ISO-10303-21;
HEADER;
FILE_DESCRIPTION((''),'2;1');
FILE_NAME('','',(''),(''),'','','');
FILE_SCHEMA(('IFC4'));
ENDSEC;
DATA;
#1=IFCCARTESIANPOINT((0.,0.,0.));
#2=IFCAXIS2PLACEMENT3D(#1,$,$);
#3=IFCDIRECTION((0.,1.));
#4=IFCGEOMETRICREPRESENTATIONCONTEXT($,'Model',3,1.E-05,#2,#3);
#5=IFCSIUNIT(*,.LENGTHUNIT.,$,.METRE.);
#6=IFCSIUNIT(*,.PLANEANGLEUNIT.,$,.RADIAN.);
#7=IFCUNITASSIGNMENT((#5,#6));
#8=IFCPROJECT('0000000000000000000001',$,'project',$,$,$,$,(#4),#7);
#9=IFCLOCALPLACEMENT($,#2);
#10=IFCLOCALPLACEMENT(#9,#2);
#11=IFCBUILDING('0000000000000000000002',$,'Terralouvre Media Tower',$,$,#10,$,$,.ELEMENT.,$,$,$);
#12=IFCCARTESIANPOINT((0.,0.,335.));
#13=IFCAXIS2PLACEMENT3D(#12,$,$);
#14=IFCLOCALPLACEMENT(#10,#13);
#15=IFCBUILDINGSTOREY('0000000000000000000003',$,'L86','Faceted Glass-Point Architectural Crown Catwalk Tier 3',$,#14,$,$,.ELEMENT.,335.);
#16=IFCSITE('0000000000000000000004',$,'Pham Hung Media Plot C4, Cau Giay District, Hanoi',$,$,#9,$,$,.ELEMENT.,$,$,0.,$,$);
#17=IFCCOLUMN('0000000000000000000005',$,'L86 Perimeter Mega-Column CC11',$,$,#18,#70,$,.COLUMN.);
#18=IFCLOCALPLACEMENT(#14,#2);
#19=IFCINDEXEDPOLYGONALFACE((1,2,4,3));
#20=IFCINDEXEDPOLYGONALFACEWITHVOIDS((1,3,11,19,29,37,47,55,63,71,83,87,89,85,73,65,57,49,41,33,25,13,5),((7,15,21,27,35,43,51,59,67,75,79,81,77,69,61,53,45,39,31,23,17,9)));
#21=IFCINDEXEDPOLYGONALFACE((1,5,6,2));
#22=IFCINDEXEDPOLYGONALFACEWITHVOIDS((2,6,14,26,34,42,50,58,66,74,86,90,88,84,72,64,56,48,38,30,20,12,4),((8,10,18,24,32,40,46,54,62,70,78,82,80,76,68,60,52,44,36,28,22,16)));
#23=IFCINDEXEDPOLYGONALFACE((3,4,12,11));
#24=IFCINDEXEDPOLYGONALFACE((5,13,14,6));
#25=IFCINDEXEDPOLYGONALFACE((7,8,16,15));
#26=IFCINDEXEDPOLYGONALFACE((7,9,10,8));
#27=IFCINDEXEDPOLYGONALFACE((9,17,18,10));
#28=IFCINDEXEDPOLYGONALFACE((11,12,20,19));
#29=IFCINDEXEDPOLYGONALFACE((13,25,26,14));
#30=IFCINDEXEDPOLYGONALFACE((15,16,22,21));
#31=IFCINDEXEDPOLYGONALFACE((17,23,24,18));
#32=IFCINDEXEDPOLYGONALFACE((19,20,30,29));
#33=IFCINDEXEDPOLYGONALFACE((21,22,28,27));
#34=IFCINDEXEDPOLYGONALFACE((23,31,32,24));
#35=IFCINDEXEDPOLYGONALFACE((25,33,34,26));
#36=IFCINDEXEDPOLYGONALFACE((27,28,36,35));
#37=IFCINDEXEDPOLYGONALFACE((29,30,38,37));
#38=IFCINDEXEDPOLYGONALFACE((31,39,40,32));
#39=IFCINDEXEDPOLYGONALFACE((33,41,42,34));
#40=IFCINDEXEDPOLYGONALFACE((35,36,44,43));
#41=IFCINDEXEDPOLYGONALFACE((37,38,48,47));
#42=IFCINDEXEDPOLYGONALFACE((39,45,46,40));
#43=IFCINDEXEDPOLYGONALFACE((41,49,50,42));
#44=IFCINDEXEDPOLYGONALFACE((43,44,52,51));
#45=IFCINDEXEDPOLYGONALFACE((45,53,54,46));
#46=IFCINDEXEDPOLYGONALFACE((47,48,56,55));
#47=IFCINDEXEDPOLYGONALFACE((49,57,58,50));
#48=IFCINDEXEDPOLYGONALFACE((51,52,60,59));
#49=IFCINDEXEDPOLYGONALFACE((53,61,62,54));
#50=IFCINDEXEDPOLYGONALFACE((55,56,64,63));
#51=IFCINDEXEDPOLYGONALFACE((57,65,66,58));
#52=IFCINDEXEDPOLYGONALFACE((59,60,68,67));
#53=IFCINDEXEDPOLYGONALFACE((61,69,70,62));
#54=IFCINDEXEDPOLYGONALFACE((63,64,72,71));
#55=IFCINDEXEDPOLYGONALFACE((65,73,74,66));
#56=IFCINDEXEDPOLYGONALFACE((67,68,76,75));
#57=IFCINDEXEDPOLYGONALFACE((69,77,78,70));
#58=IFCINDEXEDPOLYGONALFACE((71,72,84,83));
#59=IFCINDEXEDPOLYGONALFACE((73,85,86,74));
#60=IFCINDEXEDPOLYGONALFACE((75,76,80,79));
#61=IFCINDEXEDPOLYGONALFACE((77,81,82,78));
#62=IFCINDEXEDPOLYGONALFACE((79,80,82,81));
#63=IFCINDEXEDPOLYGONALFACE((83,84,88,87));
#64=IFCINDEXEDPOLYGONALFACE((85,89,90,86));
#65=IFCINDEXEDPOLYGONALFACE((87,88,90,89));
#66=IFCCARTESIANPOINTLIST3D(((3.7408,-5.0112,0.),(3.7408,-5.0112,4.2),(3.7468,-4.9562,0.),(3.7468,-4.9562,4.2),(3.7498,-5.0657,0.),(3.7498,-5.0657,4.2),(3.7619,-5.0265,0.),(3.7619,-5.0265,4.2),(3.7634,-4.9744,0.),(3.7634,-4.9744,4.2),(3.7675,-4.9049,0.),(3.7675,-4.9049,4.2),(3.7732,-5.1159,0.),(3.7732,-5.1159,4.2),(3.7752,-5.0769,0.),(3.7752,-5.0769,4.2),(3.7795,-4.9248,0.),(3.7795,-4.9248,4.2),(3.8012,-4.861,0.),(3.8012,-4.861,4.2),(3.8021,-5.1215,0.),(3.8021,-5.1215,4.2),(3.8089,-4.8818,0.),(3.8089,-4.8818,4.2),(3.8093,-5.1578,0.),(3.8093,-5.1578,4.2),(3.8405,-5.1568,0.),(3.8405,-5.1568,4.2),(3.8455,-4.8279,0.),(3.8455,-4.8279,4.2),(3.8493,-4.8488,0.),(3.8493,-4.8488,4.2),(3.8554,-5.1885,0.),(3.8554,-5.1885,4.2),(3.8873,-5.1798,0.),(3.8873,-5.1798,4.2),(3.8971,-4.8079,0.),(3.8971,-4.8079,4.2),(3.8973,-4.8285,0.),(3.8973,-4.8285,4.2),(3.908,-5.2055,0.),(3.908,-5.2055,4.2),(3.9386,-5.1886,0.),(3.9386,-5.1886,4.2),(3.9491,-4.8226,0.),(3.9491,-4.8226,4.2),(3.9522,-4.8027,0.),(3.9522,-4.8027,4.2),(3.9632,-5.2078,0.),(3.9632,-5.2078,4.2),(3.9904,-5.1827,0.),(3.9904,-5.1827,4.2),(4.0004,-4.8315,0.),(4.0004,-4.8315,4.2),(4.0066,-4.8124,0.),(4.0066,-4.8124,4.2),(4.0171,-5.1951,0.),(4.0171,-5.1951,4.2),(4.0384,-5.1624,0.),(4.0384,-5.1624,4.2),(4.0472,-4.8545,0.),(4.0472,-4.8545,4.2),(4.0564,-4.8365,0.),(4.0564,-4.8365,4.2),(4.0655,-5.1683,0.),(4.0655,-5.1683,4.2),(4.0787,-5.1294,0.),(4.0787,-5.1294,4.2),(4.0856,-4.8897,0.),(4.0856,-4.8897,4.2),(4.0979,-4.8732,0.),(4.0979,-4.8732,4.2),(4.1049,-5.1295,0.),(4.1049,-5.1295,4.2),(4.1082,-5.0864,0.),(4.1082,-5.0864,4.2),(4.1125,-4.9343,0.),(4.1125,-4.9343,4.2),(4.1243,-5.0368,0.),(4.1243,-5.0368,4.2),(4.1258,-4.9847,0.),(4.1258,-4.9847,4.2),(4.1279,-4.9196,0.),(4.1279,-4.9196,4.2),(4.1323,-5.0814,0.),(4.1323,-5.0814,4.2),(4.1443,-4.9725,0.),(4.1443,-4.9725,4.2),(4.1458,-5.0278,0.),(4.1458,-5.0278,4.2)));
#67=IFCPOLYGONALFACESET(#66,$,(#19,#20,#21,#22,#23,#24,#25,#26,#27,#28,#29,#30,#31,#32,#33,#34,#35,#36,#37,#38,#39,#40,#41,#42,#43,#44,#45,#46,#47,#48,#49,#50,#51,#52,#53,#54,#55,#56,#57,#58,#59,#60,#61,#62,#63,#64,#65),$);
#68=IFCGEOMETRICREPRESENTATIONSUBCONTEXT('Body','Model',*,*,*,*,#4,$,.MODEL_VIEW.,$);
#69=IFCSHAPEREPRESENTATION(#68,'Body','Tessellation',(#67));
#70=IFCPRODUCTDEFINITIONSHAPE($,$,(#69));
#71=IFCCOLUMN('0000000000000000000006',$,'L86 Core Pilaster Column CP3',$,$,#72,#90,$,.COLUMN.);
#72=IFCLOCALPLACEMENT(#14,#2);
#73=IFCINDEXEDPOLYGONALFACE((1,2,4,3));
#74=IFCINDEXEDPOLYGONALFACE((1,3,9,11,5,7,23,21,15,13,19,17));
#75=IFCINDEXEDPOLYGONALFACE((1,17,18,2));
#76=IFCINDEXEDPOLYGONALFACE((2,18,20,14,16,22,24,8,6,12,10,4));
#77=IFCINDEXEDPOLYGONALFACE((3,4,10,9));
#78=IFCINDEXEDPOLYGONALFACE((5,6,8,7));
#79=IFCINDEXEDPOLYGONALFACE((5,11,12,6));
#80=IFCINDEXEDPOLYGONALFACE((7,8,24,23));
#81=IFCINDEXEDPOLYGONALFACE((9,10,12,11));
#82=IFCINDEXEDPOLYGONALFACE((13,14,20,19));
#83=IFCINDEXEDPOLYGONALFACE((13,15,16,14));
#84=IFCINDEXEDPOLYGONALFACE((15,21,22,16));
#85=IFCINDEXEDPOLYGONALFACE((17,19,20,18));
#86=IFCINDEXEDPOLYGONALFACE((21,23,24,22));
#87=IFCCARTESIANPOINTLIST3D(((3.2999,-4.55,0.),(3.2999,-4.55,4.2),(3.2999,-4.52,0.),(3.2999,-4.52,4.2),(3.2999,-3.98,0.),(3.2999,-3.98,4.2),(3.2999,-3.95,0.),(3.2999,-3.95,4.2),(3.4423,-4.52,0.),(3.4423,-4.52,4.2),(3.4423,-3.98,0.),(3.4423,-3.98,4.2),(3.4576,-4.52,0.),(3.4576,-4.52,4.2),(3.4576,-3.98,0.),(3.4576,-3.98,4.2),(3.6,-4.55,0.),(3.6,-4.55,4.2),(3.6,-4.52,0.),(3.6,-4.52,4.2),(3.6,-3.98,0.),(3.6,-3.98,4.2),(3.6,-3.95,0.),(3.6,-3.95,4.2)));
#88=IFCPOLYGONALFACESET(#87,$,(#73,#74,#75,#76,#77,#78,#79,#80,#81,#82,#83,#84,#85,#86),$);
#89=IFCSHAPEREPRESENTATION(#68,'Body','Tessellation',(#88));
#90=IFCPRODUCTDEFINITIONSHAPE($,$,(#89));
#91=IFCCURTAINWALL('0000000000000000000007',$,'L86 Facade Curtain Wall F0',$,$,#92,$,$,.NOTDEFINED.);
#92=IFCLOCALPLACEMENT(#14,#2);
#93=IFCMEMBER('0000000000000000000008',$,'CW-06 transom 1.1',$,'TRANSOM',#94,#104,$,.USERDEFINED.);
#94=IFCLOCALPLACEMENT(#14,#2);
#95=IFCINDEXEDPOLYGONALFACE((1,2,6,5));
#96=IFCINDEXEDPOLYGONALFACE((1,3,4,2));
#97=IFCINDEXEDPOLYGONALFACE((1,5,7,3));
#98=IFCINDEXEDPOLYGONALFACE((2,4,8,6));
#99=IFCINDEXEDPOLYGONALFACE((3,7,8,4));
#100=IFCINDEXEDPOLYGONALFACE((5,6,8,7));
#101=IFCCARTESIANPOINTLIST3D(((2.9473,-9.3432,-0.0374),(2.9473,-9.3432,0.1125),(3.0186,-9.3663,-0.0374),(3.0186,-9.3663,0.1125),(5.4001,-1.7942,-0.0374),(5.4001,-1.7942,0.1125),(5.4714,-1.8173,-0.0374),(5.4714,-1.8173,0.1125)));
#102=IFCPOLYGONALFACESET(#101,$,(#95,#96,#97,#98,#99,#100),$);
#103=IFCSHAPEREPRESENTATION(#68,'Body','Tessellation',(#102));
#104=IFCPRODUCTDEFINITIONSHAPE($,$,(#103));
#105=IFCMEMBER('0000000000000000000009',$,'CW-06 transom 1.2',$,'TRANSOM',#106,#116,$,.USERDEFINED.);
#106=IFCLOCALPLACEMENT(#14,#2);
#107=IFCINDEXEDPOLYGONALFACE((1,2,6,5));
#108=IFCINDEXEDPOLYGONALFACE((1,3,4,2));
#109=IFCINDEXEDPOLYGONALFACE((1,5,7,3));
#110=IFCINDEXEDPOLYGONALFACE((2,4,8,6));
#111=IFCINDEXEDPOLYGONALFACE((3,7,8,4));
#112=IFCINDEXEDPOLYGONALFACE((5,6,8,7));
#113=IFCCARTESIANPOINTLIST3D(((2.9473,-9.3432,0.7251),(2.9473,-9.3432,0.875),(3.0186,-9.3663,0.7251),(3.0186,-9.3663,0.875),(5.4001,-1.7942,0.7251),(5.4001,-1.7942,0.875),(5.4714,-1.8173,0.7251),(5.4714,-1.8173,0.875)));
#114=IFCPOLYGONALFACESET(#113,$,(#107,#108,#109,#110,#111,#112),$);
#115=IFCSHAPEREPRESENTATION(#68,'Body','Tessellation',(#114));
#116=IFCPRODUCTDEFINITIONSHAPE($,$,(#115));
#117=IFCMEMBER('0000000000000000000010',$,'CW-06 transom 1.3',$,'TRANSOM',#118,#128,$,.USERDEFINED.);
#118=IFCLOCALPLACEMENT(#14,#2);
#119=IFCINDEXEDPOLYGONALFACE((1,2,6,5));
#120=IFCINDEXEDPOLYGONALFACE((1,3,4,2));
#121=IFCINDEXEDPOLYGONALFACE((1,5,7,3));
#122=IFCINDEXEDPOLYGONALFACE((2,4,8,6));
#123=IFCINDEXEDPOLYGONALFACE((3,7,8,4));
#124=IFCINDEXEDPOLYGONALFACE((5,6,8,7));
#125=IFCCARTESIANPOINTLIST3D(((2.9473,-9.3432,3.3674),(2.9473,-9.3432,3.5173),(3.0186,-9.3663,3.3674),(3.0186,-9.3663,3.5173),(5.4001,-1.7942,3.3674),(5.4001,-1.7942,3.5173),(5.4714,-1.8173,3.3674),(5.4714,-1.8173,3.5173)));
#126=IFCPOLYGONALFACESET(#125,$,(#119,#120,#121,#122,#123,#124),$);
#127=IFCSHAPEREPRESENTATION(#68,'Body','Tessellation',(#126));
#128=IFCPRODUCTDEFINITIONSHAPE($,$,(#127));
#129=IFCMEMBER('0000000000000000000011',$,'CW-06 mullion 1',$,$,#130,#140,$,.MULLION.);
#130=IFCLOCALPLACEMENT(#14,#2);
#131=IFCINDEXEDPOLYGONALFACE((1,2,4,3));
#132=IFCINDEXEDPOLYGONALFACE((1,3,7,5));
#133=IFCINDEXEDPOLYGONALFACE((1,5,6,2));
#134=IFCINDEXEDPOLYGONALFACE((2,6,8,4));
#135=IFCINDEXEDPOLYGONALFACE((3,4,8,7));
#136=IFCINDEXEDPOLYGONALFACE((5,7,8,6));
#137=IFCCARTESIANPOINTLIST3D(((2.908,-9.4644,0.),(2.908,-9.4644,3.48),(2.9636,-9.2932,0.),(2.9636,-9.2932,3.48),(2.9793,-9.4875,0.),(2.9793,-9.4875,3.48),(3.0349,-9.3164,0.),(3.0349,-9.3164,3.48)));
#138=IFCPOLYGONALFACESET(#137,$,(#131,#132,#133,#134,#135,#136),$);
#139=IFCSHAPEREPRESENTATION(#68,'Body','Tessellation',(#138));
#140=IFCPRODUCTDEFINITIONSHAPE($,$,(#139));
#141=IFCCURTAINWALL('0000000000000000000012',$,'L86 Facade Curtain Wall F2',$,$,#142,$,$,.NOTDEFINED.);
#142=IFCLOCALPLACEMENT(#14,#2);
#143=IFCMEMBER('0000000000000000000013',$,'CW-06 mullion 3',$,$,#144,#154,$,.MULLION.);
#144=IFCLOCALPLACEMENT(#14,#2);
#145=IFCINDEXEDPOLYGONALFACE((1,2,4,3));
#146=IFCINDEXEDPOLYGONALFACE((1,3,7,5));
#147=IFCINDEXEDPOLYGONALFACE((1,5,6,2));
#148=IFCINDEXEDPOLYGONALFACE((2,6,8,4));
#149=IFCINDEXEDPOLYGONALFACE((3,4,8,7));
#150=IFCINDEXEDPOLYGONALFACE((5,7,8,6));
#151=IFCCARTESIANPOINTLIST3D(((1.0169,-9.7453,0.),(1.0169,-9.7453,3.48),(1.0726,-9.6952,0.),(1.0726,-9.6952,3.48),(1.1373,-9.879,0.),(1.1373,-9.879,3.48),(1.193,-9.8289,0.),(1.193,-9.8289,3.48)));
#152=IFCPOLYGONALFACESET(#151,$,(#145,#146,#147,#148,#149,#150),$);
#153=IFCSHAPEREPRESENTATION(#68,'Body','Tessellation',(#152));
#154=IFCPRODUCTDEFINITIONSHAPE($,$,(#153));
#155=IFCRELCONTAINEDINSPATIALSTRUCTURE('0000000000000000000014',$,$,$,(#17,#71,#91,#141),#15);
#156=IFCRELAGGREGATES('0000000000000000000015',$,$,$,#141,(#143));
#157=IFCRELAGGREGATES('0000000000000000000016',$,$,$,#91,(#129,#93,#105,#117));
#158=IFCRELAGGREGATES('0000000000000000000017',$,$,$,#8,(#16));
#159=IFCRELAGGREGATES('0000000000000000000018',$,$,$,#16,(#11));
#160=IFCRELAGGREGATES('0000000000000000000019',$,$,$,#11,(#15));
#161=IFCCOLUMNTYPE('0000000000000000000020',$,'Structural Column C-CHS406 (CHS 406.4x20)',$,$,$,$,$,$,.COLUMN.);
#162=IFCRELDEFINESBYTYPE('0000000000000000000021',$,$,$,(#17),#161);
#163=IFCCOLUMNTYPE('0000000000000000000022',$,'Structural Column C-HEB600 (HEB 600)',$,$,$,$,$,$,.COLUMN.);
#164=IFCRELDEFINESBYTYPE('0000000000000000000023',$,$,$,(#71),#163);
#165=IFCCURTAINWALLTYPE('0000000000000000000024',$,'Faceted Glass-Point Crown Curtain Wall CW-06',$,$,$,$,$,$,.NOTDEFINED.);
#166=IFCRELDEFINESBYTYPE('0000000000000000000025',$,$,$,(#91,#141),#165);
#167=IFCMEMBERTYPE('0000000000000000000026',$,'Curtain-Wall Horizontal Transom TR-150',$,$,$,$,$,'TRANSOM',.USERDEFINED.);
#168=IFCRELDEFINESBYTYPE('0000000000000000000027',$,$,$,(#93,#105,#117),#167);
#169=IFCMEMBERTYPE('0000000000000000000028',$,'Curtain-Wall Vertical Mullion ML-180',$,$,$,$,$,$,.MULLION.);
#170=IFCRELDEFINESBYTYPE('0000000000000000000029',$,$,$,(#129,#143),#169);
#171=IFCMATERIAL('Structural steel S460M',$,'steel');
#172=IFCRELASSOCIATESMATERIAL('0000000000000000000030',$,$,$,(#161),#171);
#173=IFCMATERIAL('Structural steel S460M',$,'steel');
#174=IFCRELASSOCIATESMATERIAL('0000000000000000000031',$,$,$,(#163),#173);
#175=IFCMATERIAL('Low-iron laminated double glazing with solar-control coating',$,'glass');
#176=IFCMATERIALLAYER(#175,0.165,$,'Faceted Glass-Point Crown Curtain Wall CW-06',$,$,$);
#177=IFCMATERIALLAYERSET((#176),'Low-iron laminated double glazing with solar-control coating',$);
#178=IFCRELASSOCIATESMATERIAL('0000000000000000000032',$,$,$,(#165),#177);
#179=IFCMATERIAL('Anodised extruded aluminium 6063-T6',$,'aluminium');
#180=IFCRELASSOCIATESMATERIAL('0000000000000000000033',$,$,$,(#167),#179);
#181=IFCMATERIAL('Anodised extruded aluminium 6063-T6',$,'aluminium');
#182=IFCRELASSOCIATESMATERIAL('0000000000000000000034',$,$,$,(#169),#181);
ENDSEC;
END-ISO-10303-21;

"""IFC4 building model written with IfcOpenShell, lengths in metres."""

from ifc_helpers import new_model, si_unit, direction, frame, origin, origin_2d, place, context, subcontext, project, spatial, rectangle, hollow_circle, i_section, extrude, material, layer, layer_set, material_profile, profile_set, type_object, element, aggregate, save


model = new_model("IFC4")

# Units and contexts
model_context = context("Model", 3, precision=1e-05, world=origin(), true_north=direction((0.0, 1.0)))
body_context = subcontext(model_context, "Body", "Model", "MODEL_VIEW")
ifc_project = project(units=[si_unit("LENGTHUNIT", "METRE"), si_unit("PLANEANGLEUNIT", "RADIAN")], contexts=[model_context])

# Site, building, storey
site_placement = place(None, origin())
site = spatial("IfcSite", under=ifc_project, at=site_placement, Name="Pham Hung Media Plot C4, Cau Giay District, Hanoi", CompositionType="ELEMENT", RefElevation=0.0)
building_placement = place(site_placement, origin())
building = spatial("IfcBuilding", under=site, at=building_placement, Name="Terralouvre Media Tower", CompositionType="ELEMENT")
storey_placement = place(building_placement, frame((0.0, 0.0, 335.0)))
storey = spatial("IfcBuildingStorey", under=building, at=storey_placement, Name="L86", Description="Faceted Glass-Point Architectural Crown Catwalk Tier 3", CompositionType="ELEMENT", Elevation=335.0)

# Columns
ifc_material_1 = material(Name="Structural steel S460M", Category="steel")
ifc_material_profile_1 = material_profile(ifc_material_1, hollow_circle(Radius=0.2031, WallThickness=0.02, at=origin_2d()), Name="CHS 406.4x20")
ifc_profile_set_1 = profile_set([ifc_material_profile_1], Name="Structural steel S460M")
column_type_1 = type_object("IfcColumnType", Name="Structural Column C-CHS406 (CHS 406.4x20)", PredefinedType="COLUMN", material=ifc_profile_set_1)
column_1_placement = place(storey_placement, frame((3.9438, -5.0056, 0.0), z_axis=(0.0, 0.0, 1.0), x_axis=(0.309017, 0.951057, 0.0)))
element("IfcColumn", 1, at=column_1_placement, inside=storey, type_object=column_type_1, Name="L86 Perimeter Mega-Column CC11", PredefinedType="COLUMN", context=body_context, shape_type="SweptSolid", body=[
    extrude(hollow_circle(Radius=0.2031, WallThickness=0.02, at=origin_2d()), origin(), (0.0, 0.0, 1.0), 4.2),
])
ifc_material_2 = material(Name="Structural steel S460M", Category="steel")
ifc_material_profile_2 = material_profile(ifc_material_2, i_section(OverallWidth=0.3, OverallDepth=0.6001, WebThickness=0.0154, FlangeThickness=0.03, at=origin_2d()), Name="HEB 600")
ifc_profile_set_2 = profile_set([ifc_material_profile_2], Name="Structural steel S460M")
column_type_2 = type_object("IfcColumnType", Name="Structural Column C-HEB600 (HEB 600)", PredefinedType="COLUMN", material=ifc_profile_set_2)
column_2_placement = place(storey_placement, frame((3.45, -4.25, 0.0), z_axis=(0.0, 0.0, 1.0), x_axis=(1.0, 0.0, 0.0)))
element("IfcColumn", 2, at=column_2_placement, inside=storey, type_object=column_type_2, Name="L86 Core Pilaster Column CP3", PredefinedType="COLUMN", context=body_context, shape_type="SweptSolid", body=[
    extrude(i_section(OverallWidth=0.3, OverallDepth=0.6001, WebThickness=0.0154, FlangeThickness=0.03, at=origin_2d()), origin(), (0.0, 0.0, 1.0), 4.2),
])

# Curtain wall, members
ifc_material_3 = material(Name="Low-iron laminated double glazing with solar-control coating", Category="glass")
ifc_layer_1 = layer(ifc_material_3, 0.165, Name="Faceted Glass-Point Crown Curtain Wall CW-06")
ifc_layer_set_1 = layer_set([ifc_layer_1], Name="Low-iron laminated double glazing with solar-control coating")
curtain_wall_type = type_object("IfcCurtainWallType", Name="Faceted Glass-Point Crown Curtain Wall CW-06", PredefinedType="NOTDEFINED", material=ifc_layer_set_1)
curtain_wall_1_placement = place(storey_placement, origin())
curtain_wall_1 = element("IfcCurtainWall", 3, at=curtain_wall_1_placement, inside=storey, type_object=curtain_wall_type, Name="L86 Facade Curtain Wall F0", PredefinedType="NOTDEFINED")
ifc_material_4 = material(Name="Anodised extruded aluminium 6063-T6", Category="aluminium")
ifc_material_profile_3 = material_profile(ifc_material_4, rectangle(XDim=0.075, YDim=0.1499, at=origin_2d()), Name="ALU 75x150")
ifc_profile_set_3 = profile_set([ifc_material_profile_3], Name="Anodised extruded aluminium 6063-T6")
member_type_1 = type_object("IfcMemberType", Name="Curtain-Wall Horizontal Transom TR-150", ElementType="TRANSOM", PredefinedType="USERDEFINED", material=ifc_profile_set_3)
member_1_placement = place(storey_placement, frame((2.9829, -9.3547, 0.0376), z_axis=(0.309021, 0.951055, 0.0), x_axis=(-0.951055, 0.309021, 0.0)))
member_1 = element("IfcMember", 4, at=member_1_placement, type_object=member_type_1, Name="CW-06 transom 1.1", ObjectType="TRANSOM", PredefinedType="USERDEFINED", context=body_context, shape_type="SweptSolid", body=[
    extrude(rectangle(XDim=0.075, YDim=0.1499, at=origin_2d()), origin(), (0.0, 0.0, 1.0), 7.9375),
])
member_2_placement = place(storey_placement, frame((2.9829, -9.3547, 0.8), z_axis=(0.309021, 0.951055, 0.0), x_axis=(-0.951055, 0.309021, 0.0)))
member_2 = element("IfcMember", 5, at=member_2_placement, type_object=member_type_1, Name="CW-06 transom 1.2", ObjectType="TRANSOM", PredefinedType="USERDEFINED", context=body_context, shape_type="SweptSolid", body=[
    extrude(rectangle(XDim=0.075, YDim=0.1499, at=origin_2d()), origin(), (0.0, 0.0, 1.0), 7.9375),
])
member_3_placement = place(storey_placement, frame((2.9829, -9.3547, 3.4424), z_axis=(0.309021, 0.951055, 0.0), x_axis=(-0.951055, 0.309021, 0.0)))
member_3 = element("IfcMember", 6, at=member_3_placement, type_object=member_type_1, Name="CW-06 transom 1.3", ObjectType="TRANSOM", PredefinedType="USERDEFINED", context=body_context, shape_type="SweptSolid", body=[
    extrude(rectangle(XDim=0.075, YDim=0.1499, at=origin_2d()), origin(), (0.0, 0.0, 1.0), 7.9375),
])
ifc_material_5 = material(Name="Anodised extruded aluminium 6063-T6", Category="aluminium")
ifc_material_profile_4 = material_profile(ifc_material_5, rectangle(XDim=0.075, YDim=0.1799, at=origin_2d()), Name="ALU 75x180")
ifc_profile_set_4 = profile_set([ifc_material_profile_4], Name="Anodised extruded aluminium 6063-T6")
member_type_2 = type_object("IfcMemberType", Name="Curtain-Wall Vertical Mullion ML-180", PredefinedType="MULLION", material=ifc_profile_set_4)
member_4_placement = place(storey_placement, frame((2.9714, -9.3904, 0.0), z_axis=(0.0, 0.0, 1.0), x_axis=(-0.951057, 0.309017, 0.0)))
member_4 = element("IfcMember", 7, at=member_4_placement, type_object=member_type_2, Name="CW-06 mullion 1", PredefinedType="MULLION", context=body_context, shape_type="SweptSolid", body=[
    extrude(rectangle(XDim=0.075, YDim=0.1799, at=origin_2d()), origin(), (0.0, 0.0, 1.0), 3.48),
])

# Curtain wall, member
curtain_wall_2_placement = place(storey_placement, origin())
curtain_wall_2 = element("IfcCurtainWall", 8, at=curtain_wall_2_placement, inside=storey, type_object=curtain_wall_type, Name="L86 Facade Curtain Wall F2", PredefinedType="NOTDEFINED")
member_5_placement = place(storey_placement, frame((1.105, -9.7871, 0.0), z_axis=(0.0, 0.0, 1.0), x_axis=(0.743145, 0.66913, 0.0)))
member_5 = element("IfcMember", 9, at=member_5_placement, type_object=member_type_2, Name="CW-06 mullion 3", PredefinedType="MULLION", context=body_context, shape_type="SweptSolid", body=[
    extrude(rectangle(XDim=0.075, YDim=0.1799, at=origin_2d()), origin(), (0.0, 0.0, 1.0), 3.48),
])
aggregate(curtain_wall_2, [member_5])

aggregate(curtain_wall_1, [member_4, member_1, member_2, member_3])

save(model, "model.ifc")
